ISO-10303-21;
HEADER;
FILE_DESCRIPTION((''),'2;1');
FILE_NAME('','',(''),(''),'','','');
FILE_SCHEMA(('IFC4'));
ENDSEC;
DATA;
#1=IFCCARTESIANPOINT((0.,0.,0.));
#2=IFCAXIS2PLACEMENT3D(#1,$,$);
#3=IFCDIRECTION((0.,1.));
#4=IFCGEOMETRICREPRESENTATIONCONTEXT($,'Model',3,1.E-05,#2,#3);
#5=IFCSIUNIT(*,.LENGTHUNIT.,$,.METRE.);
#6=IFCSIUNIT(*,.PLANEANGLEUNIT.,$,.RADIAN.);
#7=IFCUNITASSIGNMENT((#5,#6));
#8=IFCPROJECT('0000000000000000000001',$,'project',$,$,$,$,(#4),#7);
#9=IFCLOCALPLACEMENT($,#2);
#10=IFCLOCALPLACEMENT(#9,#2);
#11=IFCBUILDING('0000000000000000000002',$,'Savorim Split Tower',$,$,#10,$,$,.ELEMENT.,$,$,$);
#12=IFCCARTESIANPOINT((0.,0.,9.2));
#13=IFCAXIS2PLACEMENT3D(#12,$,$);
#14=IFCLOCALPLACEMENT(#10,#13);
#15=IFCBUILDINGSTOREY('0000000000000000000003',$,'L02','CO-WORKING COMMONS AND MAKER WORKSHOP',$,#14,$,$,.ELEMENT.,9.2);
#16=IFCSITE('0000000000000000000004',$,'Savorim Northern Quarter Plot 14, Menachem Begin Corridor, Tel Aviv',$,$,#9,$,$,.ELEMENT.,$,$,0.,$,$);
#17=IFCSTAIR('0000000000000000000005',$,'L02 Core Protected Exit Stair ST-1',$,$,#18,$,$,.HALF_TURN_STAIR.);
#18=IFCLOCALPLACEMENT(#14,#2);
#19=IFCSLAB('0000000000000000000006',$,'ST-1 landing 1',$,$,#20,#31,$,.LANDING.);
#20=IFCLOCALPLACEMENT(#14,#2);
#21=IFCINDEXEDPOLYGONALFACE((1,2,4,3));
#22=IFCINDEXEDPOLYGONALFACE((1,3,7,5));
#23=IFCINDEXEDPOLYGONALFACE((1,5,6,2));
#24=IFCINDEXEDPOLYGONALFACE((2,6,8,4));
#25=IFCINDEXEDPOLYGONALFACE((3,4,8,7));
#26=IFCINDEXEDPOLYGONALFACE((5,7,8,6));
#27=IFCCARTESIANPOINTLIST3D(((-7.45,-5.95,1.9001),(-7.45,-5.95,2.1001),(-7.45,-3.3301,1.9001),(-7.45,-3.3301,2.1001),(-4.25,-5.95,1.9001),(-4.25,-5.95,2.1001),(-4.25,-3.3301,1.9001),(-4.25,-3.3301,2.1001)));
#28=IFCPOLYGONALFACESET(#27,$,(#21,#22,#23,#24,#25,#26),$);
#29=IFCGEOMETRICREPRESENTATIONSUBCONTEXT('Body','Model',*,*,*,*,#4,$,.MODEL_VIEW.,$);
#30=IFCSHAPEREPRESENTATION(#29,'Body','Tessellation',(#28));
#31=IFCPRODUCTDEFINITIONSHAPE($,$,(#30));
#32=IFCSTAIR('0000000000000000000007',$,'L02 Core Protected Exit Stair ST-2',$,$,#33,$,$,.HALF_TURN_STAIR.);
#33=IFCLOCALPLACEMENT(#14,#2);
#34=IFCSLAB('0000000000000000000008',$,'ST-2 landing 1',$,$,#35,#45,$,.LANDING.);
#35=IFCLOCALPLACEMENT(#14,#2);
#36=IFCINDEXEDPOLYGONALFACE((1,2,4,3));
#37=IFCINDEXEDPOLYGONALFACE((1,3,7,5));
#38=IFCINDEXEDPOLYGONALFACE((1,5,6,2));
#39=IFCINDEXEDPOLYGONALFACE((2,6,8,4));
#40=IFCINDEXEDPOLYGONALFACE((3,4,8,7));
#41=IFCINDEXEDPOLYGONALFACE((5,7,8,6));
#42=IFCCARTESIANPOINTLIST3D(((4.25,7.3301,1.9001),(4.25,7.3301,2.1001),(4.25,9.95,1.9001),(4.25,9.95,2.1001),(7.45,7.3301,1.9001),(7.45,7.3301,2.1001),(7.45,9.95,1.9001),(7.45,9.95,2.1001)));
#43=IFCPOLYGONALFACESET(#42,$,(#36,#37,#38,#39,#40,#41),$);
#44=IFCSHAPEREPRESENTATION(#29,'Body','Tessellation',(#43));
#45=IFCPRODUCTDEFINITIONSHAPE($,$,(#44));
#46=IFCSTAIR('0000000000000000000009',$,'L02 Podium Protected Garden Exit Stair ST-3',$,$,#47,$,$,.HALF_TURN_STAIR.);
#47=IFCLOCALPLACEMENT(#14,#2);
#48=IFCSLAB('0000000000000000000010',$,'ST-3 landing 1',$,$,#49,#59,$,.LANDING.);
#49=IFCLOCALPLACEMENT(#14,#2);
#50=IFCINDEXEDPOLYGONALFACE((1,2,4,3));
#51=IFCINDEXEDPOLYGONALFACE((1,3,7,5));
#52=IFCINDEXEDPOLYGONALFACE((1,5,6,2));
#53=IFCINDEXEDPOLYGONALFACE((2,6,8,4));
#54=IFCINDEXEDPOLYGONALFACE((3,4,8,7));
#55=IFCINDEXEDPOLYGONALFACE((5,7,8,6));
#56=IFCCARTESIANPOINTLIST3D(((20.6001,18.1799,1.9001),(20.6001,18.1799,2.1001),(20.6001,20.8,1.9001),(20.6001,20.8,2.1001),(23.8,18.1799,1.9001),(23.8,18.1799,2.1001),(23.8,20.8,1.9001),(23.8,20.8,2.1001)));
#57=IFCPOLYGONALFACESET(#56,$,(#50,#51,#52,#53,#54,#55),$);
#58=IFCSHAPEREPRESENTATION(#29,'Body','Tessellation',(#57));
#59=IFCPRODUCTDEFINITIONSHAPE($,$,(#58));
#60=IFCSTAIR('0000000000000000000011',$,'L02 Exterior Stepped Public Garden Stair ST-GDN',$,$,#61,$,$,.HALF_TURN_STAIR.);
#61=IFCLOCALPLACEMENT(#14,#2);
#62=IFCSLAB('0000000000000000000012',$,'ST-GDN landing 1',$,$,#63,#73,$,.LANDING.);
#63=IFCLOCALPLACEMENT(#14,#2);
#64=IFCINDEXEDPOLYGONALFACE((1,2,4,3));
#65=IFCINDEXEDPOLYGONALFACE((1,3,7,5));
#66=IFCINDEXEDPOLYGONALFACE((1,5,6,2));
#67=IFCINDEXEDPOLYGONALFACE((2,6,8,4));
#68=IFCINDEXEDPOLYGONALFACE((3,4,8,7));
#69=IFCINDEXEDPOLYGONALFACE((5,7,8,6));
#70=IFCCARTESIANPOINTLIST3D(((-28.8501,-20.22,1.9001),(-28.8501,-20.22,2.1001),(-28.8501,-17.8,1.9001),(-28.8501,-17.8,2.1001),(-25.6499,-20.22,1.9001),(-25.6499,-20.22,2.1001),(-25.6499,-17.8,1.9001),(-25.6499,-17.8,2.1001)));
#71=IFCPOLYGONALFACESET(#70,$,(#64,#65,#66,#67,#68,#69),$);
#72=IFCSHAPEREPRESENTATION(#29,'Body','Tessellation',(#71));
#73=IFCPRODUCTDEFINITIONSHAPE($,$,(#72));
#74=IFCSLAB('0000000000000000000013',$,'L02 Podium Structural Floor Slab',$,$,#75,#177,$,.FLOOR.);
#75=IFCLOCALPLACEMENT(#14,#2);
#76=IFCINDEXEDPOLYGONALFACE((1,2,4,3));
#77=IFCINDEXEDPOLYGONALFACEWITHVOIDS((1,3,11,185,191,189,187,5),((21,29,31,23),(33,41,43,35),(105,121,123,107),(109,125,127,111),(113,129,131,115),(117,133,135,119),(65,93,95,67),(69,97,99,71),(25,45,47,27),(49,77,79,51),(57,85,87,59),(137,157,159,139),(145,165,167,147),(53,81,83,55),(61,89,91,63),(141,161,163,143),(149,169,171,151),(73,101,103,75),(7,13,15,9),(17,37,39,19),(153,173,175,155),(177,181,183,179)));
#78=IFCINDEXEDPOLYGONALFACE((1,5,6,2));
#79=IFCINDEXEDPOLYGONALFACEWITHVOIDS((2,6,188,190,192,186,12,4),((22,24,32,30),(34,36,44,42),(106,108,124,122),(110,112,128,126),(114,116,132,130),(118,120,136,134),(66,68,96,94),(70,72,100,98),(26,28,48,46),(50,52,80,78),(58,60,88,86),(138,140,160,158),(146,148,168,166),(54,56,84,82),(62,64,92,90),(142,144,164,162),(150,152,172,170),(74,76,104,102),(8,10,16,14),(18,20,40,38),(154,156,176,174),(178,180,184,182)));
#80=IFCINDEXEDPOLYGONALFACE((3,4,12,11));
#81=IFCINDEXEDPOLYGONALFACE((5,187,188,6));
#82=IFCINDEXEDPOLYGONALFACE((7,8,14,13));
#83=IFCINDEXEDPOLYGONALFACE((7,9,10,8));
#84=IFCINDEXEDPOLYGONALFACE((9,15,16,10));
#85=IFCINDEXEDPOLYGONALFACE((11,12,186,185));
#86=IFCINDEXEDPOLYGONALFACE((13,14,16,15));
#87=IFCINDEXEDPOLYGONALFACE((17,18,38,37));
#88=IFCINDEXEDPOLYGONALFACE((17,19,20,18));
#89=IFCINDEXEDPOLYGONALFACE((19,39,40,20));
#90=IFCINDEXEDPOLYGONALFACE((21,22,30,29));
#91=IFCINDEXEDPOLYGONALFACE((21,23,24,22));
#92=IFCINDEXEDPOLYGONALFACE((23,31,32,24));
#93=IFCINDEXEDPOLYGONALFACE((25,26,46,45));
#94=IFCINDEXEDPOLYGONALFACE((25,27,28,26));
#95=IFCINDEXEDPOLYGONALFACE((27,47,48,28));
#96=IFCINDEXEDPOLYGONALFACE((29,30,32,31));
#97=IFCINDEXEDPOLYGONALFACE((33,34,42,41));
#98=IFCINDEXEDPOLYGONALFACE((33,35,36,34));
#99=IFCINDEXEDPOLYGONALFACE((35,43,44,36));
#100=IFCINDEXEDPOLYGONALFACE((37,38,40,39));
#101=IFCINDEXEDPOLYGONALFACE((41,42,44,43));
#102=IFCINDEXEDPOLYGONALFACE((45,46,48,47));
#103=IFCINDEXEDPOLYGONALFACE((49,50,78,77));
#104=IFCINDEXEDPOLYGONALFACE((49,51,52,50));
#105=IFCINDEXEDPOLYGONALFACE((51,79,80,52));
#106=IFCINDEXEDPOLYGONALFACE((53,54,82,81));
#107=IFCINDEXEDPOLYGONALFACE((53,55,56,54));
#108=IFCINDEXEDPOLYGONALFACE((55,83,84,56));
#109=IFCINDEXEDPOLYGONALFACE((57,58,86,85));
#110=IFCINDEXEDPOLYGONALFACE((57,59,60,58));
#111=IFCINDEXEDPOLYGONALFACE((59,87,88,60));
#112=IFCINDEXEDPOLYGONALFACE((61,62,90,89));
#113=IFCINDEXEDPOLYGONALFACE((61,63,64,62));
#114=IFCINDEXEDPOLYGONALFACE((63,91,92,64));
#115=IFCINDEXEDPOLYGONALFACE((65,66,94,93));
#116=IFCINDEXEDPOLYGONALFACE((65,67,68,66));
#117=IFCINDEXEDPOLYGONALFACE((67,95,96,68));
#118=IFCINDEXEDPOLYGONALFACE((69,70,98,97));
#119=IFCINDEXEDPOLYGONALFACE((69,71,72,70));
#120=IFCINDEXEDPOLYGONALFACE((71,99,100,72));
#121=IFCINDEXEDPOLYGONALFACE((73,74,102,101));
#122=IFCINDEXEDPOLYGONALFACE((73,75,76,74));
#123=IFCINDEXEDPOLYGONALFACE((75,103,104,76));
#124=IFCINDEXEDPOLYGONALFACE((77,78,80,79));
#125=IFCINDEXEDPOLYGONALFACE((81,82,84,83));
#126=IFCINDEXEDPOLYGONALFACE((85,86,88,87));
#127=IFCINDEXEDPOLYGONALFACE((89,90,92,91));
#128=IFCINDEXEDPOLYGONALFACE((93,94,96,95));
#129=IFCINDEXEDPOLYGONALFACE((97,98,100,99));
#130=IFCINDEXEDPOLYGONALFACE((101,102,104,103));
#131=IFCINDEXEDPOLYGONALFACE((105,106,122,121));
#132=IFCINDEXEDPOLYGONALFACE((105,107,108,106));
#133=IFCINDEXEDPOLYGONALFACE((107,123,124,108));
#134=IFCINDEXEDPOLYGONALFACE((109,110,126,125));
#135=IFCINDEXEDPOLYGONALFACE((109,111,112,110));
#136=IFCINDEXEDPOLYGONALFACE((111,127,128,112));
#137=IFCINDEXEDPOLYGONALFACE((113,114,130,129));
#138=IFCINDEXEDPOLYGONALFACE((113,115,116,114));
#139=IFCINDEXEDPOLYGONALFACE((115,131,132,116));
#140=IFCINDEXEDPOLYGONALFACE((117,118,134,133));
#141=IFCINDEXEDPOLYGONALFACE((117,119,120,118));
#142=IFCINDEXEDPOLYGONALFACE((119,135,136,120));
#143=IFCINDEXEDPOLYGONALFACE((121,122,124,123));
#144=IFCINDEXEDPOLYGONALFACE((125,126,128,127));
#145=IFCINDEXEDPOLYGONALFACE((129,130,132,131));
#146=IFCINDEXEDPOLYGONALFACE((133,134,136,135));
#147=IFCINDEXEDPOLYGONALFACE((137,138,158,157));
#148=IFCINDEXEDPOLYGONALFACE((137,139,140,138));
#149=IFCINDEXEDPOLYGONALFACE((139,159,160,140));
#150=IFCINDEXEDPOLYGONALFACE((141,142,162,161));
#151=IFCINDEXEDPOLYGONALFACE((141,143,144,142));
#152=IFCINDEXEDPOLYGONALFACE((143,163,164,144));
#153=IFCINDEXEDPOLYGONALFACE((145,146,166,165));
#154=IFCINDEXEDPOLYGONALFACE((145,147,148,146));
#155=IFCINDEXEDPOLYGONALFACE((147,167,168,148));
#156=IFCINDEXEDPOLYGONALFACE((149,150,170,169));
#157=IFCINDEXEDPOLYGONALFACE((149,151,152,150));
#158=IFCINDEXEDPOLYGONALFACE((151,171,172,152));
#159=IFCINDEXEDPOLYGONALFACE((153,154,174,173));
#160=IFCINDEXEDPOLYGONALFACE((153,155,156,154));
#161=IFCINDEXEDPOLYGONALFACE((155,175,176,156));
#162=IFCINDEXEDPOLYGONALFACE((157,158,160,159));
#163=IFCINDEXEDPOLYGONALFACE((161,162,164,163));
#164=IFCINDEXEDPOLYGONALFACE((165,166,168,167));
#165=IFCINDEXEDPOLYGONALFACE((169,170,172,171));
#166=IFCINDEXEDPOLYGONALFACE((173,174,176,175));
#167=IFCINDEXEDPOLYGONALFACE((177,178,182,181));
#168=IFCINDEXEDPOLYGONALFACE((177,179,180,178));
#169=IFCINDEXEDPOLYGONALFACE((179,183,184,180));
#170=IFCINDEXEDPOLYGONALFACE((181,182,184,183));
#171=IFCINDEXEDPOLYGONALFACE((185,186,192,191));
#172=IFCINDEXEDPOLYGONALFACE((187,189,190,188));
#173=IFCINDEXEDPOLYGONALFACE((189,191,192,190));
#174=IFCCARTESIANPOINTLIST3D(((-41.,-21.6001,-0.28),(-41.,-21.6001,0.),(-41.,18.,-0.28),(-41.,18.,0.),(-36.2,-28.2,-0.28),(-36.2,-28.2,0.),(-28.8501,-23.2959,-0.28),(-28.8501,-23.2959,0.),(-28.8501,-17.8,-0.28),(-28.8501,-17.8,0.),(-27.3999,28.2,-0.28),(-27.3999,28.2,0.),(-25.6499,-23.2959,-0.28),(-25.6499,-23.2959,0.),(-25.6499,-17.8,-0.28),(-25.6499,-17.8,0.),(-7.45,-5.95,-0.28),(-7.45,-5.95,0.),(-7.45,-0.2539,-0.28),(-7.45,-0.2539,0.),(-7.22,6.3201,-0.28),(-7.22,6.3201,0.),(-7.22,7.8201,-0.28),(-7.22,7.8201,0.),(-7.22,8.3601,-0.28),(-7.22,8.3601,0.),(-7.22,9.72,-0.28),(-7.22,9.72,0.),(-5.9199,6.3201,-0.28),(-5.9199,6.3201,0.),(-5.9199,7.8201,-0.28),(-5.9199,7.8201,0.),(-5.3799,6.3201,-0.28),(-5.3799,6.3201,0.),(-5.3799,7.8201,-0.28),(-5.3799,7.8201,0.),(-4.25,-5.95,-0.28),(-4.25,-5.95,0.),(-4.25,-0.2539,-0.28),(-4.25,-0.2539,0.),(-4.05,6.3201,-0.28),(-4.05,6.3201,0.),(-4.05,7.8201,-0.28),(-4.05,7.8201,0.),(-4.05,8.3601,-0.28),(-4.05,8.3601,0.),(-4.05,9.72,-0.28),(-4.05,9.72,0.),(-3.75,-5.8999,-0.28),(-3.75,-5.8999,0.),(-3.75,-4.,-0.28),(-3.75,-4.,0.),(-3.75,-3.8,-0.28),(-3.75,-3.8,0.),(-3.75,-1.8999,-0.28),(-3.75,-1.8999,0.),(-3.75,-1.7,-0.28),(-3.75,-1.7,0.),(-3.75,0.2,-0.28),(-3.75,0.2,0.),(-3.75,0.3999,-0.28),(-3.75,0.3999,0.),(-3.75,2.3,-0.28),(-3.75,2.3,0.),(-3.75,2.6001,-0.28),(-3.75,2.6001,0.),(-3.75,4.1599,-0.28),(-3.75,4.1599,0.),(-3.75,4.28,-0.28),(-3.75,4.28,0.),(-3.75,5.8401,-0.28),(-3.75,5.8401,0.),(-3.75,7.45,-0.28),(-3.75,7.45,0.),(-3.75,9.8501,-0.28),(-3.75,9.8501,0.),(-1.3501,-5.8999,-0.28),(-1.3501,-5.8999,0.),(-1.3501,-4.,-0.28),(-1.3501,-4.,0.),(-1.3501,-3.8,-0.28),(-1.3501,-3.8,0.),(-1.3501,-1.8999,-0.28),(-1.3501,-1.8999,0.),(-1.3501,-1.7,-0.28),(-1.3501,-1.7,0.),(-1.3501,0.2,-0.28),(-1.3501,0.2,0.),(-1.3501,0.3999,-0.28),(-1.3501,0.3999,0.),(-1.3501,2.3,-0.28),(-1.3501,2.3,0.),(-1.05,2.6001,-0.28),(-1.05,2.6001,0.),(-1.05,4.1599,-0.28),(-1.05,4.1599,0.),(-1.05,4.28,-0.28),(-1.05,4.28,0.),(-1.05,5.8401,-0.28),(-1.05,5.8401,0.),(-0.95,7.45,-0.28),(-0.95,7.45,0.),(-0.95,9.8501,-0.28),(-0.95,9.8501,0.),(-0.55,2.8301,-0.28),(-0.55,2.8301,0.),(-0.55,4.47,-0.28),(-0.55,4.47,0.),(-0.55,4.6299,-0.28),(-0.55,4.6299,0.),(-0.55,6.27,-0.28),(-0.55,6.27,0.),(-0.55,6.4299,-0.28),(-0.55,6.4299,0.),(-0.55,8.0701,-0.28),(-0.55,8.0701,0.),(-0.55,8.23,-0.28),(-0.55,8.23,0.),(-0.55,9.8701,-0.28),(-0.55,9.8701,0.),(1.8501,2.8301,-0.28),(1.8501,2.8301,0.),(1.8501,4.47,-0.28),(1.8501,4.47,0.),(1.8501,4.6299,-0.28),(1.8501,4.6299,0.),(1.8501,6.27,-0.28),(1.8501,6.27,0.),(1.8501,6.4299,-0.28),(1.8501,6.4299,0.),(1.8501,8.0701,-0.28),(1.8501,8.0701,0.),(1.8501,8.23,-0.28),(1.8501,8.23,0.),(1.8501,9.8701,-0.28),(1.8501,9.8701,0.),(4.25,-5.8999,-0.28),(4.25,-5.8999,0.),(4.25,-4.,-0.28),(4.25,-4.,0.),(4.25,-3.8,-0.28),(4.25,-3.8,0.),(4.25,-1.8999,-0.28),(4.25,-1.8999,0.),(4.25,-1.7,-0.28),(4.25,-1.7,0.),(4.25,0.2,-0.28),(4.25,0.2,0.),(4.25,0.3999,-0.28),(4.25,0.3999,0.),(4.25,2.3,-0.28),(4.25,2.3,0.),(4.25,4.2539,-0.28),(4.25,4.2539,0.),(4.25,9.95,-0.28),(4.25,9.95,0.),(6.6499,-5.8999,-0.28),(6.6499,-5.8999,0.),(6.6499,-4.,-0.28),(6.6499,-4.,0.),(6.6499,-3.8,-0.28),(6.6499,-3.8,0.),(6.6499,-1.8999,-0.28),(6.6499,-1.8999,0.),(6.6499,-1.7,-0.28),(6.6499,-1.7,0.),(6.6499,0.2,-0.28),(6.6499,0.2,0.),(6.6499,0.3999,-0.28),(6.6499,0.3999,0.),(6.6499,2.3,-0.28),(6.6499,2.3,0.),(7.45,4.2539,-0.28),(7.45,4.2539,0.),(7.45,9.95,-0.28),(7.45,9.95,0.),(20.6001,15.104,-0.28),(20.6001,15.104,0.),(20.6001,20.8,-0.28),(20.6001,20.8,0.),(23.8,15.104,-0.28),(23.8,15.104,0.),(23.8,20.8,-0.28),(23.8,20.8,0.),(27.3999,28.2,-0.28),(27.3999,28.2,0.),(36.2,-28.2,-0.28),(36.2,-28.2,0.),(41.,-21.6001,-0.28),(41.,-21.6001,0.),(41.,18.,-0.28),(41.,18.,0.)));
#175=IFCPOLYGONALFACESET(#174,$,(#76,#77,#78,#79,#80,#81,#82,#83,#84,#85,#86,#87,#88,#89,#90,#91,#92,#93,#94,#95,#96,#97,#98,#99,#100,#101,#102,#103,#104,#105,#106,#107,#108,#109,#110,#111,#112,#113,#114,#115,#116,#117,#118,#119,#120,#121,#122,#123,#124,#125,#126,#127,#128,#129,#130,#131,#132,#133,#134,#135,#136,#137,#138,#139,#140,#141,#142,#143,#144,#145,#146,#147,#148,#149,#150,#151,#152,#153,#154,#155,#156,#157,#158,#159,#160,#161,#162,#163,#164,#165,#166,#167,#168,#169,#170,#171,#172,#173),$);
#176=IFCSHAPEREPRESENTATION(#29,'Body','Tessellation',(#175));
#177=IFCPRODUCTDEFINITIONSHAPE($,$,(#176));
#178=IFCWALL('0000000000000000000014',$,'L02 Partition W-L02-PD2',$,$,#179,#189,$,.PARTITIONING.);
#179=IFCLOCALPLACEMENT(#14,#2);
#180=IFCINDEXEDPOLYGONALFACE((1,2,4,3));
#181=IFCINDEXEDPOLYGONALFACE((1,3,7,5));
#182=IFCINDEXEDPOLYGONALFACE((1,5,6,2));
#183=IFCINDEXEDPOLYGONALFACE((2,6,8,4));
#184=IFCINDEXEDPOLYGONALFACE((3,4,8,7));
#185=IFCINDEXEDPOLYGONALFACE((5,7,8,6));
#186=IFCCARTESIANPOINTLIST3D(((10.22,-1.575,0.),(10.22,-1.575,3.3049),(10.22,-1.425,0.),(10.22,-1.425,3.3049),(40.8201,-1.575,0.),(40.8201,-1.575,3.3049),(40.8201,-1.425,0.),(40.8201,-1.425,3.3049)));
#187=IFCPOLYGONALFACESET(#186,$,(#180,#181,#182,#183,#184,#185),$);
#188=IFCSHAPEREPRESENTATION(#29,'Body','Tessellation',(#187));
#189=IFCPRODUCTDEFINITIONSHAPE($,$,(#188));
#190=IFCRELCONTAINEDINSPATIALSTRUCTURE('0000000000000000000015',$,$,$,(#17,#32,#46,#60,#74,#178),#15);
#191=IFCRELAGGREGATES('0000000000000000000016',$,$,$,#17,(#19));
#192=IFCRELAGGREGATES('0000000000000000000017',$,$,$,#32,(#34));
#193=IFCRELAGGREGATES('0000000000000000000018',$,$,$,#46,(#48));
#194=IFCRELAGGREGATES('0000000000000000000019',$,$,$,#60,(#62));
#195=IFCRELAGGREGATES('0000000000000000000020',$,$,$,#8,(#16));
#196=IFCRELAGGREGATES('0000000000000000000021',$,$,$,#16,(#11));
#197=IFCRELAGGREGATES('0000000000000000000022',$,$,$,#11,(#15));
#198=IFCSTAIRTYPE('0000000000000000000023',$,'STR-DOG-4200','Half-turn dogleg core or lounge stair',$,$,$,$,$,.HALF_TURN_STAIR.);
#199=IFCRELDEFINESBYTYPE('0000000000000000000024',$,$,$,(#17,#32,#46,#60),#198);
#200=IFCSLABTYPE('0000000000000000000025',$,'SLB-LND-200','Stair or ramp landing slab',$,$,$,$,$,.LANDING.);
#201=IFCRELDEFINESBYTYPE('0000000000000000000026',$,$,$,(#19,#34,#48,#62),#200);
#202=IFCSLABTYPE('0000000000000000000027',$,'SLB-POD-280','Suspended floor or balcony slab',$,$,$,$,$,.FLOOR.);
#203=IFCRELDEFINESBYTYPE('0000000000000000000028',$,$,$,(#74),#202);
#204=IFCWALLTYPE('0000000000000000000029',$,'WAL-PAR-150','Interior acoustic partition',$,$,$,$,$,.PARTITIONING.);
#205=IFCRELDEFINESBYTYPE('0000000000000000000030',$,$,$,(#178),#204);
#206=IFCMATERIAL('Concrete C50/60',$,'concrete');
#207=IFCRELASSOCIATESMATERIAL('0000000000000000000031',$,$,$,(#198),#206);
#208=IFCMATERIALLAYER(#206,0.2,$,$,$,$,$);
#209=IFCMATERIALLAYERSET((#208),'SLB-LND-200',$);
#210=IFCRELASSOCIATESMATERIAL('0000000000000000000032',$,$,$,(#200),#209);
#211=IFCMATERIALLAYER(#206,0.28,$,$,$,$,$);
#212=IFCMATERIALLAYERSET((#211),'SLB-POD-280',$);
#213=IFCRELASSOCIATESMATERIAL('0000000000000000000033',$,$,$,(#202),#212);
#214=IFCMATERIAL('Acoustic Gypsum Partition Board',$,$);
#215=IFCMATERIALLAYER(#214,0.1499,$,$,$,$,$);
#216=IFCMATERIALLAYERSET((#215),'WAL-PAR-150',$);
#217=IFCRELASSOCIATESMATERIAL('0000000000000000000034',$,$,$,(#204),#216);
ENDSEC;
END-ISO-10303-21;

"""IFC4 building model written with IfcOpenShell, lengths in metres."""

from ifc_helpers import new_model, si_unit, direction, frame, frame_2d, origin, place, context, subcontext, project, spatial, polyline, rectangle, outline, extrude, material, layer, layer_set, type_object, element, aggregate, save


model = new_model("IFC4")

# Units and contexts
model_context = context("Model", 3, precision=1e-05, world=origin(), true_north=direction((0.0, 1.0)))
body_context = subcontext(model_context, "Body", "Model", "MODEL_VIEW")
ifc_project = project(units=[si_unit("LENGTHUNIT", "METRE"), si_unit("PLANEANGLEUNIT", "RADIAN")], contexts=[model_context])

# Site, building, storey
site_placement = place(None, origin())
site = spatial("IfcSite", under=ifc_project, at=site_placement, Name="Savorim Northern Quarter Plot 14, Menachem Begin Corridor, Tel Aviv", CompositionType="ELEMENT", RefElevation=0.0)
building_placement = place(site_placement, origin())
building = spatial("IfcBuilding", under=site, at=building_placement, Name="Savorim Split Tower", CompositionType="ELEMENT")
storey_placement = place(building_placement, frame((0.0, 0.0, 9.2)))
storey = spatial("IfcBuildingStorey", under=building, at=storey_placement, Name="L02", Description="CO-WORKING COMMONS AND MAKER WORKSHOP", CompositionType="ELEMENT", Elevation=9.2)

# Stairs, slabs
ifc_material_1 = material(Name="Concrete C50/60", Category="concrete")
stair_type = type_object("IfcStairType", Name="STR-DOG-4200", Description="Half-turn dogleg core or lounge stair", PredefinedType="HALF_TURN_STAIR", material=ifc_material_1)
stair_1_placement = place(storey_placement, origin())
stair_1 = element("IfcStair", 1, at=stair_1_placement, inside=storey, type_object=stair_type, Name="L02 Core Protected Exit Stair ST-1", PredefinedType="HALF_TURN_STAIR")
ifc_layer_1 = layer(ifc_material_1, 0.2)
ifc_layer_set_1 = layer_set([ifc_layer_1], Name="SLB-LND-200")
slab_type_1 = type_object("IfcSlabType", Name="SLB-LND-200", Description="Stair or ramp landing slab", PredefinedType="LANDING", material=ifc_layer_set_1)
slab_1_placement = place(storey_placement, frame((0.0, 0.0, 1.9001)))
slab_1 = element("IfcSlab", 2, at=slab_1_placement, type_object=slab_type_1, Name="ST-1 landing 1", PredefinedType="LANDING", context=body_context, shape_type="SweptSolid", body=[
    extrude(outline(polyline([(-7.45, -3.3301), (-7.45, -5.95), (-4.25, -5.95), (-4.25, -3.3301), (-7.45, -3.3301)])), origin(), (0.0, 0.0, 1.0), 0.2),
])
aggregate(stair_1, [slab_1])
stair_2_placement = place(storey_placement, origin())
stair_2 = element("IfcStair", 3, at=stair_2_placement, inside=storey, type_object=stair_type, Name="L02 Core Protected Exit Stair ST-2", PredefinedType="HALF_TURN_STAIR")
slab_2_placement = place(storey_placement, frame((0.0, 0.0, 1.9001)))
slab_2 = element("IfcSlab", 4, at=slab_2_placement, type_object=slab_type_1, Name="ST-2 landing 1", PredefinedType="LANDING", context=body_context, shape_type="SweptSolid", body=[
    extrude(outline(polyline([(7.45, 7.3301), (7.45, 9.95), (4.25, 9.95), (4.25, 7.3301), (7.45, 7.3301)])), origin(), (0.0, 0.0, 1.0), 0.2),
])
aggregate(stair_2, [slab_2])
stair_3_placement = place(storey_placement, origin())
stair_3 = element("IfcStair", 5, at=stair_3_placement, inside=storey, type_object=stair_type, Name="L02 Podium Protected Garden Exit Stair ST-3", PredefinedType="HALF_TURN_STAIR")
slab_3_placement = place(storey_placement, frame((0.0, 0.0, 1.9001)))
slab_3 = element("IfcSlab", 6, at=slab_3_placement, type_object=slab_type_1, Name="ST-3 landing 1", PredefinedType="LANDING", context=body_context, shape_type="SweptSolid", body=[
    extrude(outline(polyline([(23.8, 18.1799), (23.8, 20.8), (20.6001, 20.8), (20.6001, 18.1799), (23.8, 18.1799)])), origin(), (0.0, 0.0, 1.0), 0.2),
])
aggregate(stair_3, [slab_3])
stair_4_placement = place(storey_placement, origin())
stair_4 = element("IfcStair", 7, at=stair_4_placement, inside=storey, type_object=stair_type, Name="L02 Exterior Stepped Public Garden Stair ST-GDN", PredefinedType="HALF_TURN_STAIR")
slab_4_placement = place(storey_placement, frame((0.0, 0.0, 1.9001)))
slab_4 = element("IfcSlab", 8, at=slab_4_placement, type_object=slab_type_1, Name="ST-GDN landing 1", PredefinedType="LANDING", context=body_context, shape_type="SweptSolid", body=[
    extrude(outline(polyline([(-25.6499, -20.22), (-25.6499, -17.8), (-28.8501, -17.8), (-28.8501, -20.22), (-25.6499, -20.22)])), origin(), (0.0, 0.0, 1.0), 0.2),
])
aggregate(stair_4, [slab_4])

# Slab
ifc_layer_2 = layer(ifc_material_1, 0.28)
ifc_layer_set_2 = layer_set([ifc_layer_2], Name="SLB-POD-280")
slab_type_2 = type_object("IfcSlabType", Name="SLB-POD-280", Description="Suspended floor or balcony slab", PredefinedType="FLOOR", material=ifc_layer_set_2)
slab_5_placement = place(storey_placement, frame((0.0, 0.0, -0.28)))
element("IfcSlab", 9, at=slab_5_placement, inside=storey, type_object=slab_type_2, Name="L02 Podium Structural Floor Slab", PredefinedType="FLOOR", context=body_context, shape_type="SweptSolid", body=[
    extrude(outline(polyline([(-36.2, -28.2), (36.2, -28.2), (41.0, -21.6001), (41.0, 18.0), (27.3999, 28.2), (-27.3999, 28.2), (-41.0, 18.0), (-41.0, -21.6001), (-36.2, -28.2)]), holes=[polyline([(-7.45, -0.2539), (-7.45, -5.95), (-4.25, -5.95), (-4.25, -0.2539), (-7.45, -0.2539)]), polyline([(7.45, 4.2539), (7.45, 9.95), (4.25, 9.95), (4.25, 4.2539), (7.45, 4.2539)]), polyline([(23.8, 15.104), (23.8, 20.8), (20.6001, 20.8), (20.6001, 15.104), (23.8, 15.104)]), polyline([(-25.6499, -23.2959), (-25.6499, -17.8), (-28.8501, -17.8), (-28.8501, -23.2959), (-25.6499, -23.2959)]), polyline([(4.25, -5.8999), (6.6499, -5.8999), (6.6499, -4.0), (4.25, -4.0), (4.25, -5.8999)]), polyline([(4.25, -3.8), (6.6499, -3.8), (6.6499, -1.8999), (4.25, -1.8999), (4.25, -3.8)]), polyline([(4.25, -1.7), (6.6499, -1.7), (6.6499, 0.2), (4.25, 0.2), (4.25, -1.7)]), polyline([(4.25, 0.3999), (6.6499, 0.3999), (6.6499, 2.3), (4.25, 2.3), (4.25, 0.3999)]), polyline([(-3.75, -5.8999), (-1.3501, -5.8999), (-1.3501, -4.0), (-3.75, -4.0), (-3.75, -5.8999)]), polyline([(-3.75, -3.8), (-1.3501, -3.8), (-1.3501, -1.8999), (-3.75, -1.8999), (-3.75, -3.8)]), polyline([(-3.75, -1.7), (-1.3501, -1.7), (-1.3501, 0.2), (-3.75, 0.2), (-3.75, -1.7)]), polyline([(-3.75, 0.3999), (-1.3501, 0.3999), (-1.3501, 2.3), (-3.75, 2.3), (-3.75, 0.3999)]), polyline([(-0.55, 2.8301), (1.8501, 2.8301), (1.8501, 4.47), (-0.55, 4.47), (-0.55, 2.8301)]), polyline([(-0.55, 4.6299), (1.8501, 4.6299), (1.8501, 6.27), (-0.55, 6.27), (-0.55, 4.6299)]), polyline([(-0.55, 6.4299), (1.8501, 6.4299), (1.8501, 8.0701), (-0.55, 8.0701), (-0.55, 6.4299)]), polyline([(-0.55, 8.23), (1.8501, 8.23), (1.8501, 9.8701), (-0.55, 9.8701), (-0.55, 8.23)]), polyline([(-3.75, 2.6001), (-1.05, 2.6001), (-1.05, 4.1599), (-3.75, 4.1599), (-3.75, 2.6001)]), polyline([(-3.75, 4.28), (-1.05, 4.28), (-1.05, 5.8401), (-3.75, 5.8401), (-3.75, 4.28)]), polyline([(-3.75, 7.45), (-0.95, 7.45), (-0.95, 9.8501), (-3.75, 9.8501), (-3.75, 7.45)]), polyline([(-7.22, 6.3201), (-5.9199, 6.3201), (-5.9199, 7.8201), (-7.22, 7.8201), (-7.22, 6.3201)]), polyline([(-5.3799, 6.3201), (-4.05, 6.3201), (-4.05, 7.8201), (-5.3799, 7.8201), (-5.3799, 6.3201)]), polyline([(-7.22, 8.3601), (-4.05, 8.3601), (-4.05, 9.72), (-7.22, 9.72), (-7.22, 8.3601)])]), origin(), (0.0, 0.0, 1.0), 0.28),
])

# Wall
ifc_material_2 = material(Name="Acoustic Gypsum Partition Board")
ifc_layer_3 = layer(ifc_material_2, 0.1499)
ifc_layer_set_3 = layer_set([ifc_layer_3], Name="WAL-PAR-150")
wall_type = type_object("IfcWallType", Name="WAL-PAR-150", Description="Interior acoustic partition", PredefinedType="PARTITIONING", material=ifc_layer_set_3)
wall_placement = place(storey_placement, frame((10.22, -1.5, 0.0), z_axis=(0.0, 0.0, 1.0), x_axis=(1.0, 0.0, 0.0)))
element("IfcWall", 10, at=wall_placement, inside=storey, type_object=wall_type, Name="L02 Partition W-L02-PD2", PredefinedType="PARTITIONING", context=body_context, shape_type="SweptSolid", body=[
    extrude(rectangle(XDim=30.6001, YDim=0.1499, at=frame_2d((15.3, 0.0))), origin(), (0.0, 0.0, 1.0), 3.3049),
])

save(model, "model.ifc")
